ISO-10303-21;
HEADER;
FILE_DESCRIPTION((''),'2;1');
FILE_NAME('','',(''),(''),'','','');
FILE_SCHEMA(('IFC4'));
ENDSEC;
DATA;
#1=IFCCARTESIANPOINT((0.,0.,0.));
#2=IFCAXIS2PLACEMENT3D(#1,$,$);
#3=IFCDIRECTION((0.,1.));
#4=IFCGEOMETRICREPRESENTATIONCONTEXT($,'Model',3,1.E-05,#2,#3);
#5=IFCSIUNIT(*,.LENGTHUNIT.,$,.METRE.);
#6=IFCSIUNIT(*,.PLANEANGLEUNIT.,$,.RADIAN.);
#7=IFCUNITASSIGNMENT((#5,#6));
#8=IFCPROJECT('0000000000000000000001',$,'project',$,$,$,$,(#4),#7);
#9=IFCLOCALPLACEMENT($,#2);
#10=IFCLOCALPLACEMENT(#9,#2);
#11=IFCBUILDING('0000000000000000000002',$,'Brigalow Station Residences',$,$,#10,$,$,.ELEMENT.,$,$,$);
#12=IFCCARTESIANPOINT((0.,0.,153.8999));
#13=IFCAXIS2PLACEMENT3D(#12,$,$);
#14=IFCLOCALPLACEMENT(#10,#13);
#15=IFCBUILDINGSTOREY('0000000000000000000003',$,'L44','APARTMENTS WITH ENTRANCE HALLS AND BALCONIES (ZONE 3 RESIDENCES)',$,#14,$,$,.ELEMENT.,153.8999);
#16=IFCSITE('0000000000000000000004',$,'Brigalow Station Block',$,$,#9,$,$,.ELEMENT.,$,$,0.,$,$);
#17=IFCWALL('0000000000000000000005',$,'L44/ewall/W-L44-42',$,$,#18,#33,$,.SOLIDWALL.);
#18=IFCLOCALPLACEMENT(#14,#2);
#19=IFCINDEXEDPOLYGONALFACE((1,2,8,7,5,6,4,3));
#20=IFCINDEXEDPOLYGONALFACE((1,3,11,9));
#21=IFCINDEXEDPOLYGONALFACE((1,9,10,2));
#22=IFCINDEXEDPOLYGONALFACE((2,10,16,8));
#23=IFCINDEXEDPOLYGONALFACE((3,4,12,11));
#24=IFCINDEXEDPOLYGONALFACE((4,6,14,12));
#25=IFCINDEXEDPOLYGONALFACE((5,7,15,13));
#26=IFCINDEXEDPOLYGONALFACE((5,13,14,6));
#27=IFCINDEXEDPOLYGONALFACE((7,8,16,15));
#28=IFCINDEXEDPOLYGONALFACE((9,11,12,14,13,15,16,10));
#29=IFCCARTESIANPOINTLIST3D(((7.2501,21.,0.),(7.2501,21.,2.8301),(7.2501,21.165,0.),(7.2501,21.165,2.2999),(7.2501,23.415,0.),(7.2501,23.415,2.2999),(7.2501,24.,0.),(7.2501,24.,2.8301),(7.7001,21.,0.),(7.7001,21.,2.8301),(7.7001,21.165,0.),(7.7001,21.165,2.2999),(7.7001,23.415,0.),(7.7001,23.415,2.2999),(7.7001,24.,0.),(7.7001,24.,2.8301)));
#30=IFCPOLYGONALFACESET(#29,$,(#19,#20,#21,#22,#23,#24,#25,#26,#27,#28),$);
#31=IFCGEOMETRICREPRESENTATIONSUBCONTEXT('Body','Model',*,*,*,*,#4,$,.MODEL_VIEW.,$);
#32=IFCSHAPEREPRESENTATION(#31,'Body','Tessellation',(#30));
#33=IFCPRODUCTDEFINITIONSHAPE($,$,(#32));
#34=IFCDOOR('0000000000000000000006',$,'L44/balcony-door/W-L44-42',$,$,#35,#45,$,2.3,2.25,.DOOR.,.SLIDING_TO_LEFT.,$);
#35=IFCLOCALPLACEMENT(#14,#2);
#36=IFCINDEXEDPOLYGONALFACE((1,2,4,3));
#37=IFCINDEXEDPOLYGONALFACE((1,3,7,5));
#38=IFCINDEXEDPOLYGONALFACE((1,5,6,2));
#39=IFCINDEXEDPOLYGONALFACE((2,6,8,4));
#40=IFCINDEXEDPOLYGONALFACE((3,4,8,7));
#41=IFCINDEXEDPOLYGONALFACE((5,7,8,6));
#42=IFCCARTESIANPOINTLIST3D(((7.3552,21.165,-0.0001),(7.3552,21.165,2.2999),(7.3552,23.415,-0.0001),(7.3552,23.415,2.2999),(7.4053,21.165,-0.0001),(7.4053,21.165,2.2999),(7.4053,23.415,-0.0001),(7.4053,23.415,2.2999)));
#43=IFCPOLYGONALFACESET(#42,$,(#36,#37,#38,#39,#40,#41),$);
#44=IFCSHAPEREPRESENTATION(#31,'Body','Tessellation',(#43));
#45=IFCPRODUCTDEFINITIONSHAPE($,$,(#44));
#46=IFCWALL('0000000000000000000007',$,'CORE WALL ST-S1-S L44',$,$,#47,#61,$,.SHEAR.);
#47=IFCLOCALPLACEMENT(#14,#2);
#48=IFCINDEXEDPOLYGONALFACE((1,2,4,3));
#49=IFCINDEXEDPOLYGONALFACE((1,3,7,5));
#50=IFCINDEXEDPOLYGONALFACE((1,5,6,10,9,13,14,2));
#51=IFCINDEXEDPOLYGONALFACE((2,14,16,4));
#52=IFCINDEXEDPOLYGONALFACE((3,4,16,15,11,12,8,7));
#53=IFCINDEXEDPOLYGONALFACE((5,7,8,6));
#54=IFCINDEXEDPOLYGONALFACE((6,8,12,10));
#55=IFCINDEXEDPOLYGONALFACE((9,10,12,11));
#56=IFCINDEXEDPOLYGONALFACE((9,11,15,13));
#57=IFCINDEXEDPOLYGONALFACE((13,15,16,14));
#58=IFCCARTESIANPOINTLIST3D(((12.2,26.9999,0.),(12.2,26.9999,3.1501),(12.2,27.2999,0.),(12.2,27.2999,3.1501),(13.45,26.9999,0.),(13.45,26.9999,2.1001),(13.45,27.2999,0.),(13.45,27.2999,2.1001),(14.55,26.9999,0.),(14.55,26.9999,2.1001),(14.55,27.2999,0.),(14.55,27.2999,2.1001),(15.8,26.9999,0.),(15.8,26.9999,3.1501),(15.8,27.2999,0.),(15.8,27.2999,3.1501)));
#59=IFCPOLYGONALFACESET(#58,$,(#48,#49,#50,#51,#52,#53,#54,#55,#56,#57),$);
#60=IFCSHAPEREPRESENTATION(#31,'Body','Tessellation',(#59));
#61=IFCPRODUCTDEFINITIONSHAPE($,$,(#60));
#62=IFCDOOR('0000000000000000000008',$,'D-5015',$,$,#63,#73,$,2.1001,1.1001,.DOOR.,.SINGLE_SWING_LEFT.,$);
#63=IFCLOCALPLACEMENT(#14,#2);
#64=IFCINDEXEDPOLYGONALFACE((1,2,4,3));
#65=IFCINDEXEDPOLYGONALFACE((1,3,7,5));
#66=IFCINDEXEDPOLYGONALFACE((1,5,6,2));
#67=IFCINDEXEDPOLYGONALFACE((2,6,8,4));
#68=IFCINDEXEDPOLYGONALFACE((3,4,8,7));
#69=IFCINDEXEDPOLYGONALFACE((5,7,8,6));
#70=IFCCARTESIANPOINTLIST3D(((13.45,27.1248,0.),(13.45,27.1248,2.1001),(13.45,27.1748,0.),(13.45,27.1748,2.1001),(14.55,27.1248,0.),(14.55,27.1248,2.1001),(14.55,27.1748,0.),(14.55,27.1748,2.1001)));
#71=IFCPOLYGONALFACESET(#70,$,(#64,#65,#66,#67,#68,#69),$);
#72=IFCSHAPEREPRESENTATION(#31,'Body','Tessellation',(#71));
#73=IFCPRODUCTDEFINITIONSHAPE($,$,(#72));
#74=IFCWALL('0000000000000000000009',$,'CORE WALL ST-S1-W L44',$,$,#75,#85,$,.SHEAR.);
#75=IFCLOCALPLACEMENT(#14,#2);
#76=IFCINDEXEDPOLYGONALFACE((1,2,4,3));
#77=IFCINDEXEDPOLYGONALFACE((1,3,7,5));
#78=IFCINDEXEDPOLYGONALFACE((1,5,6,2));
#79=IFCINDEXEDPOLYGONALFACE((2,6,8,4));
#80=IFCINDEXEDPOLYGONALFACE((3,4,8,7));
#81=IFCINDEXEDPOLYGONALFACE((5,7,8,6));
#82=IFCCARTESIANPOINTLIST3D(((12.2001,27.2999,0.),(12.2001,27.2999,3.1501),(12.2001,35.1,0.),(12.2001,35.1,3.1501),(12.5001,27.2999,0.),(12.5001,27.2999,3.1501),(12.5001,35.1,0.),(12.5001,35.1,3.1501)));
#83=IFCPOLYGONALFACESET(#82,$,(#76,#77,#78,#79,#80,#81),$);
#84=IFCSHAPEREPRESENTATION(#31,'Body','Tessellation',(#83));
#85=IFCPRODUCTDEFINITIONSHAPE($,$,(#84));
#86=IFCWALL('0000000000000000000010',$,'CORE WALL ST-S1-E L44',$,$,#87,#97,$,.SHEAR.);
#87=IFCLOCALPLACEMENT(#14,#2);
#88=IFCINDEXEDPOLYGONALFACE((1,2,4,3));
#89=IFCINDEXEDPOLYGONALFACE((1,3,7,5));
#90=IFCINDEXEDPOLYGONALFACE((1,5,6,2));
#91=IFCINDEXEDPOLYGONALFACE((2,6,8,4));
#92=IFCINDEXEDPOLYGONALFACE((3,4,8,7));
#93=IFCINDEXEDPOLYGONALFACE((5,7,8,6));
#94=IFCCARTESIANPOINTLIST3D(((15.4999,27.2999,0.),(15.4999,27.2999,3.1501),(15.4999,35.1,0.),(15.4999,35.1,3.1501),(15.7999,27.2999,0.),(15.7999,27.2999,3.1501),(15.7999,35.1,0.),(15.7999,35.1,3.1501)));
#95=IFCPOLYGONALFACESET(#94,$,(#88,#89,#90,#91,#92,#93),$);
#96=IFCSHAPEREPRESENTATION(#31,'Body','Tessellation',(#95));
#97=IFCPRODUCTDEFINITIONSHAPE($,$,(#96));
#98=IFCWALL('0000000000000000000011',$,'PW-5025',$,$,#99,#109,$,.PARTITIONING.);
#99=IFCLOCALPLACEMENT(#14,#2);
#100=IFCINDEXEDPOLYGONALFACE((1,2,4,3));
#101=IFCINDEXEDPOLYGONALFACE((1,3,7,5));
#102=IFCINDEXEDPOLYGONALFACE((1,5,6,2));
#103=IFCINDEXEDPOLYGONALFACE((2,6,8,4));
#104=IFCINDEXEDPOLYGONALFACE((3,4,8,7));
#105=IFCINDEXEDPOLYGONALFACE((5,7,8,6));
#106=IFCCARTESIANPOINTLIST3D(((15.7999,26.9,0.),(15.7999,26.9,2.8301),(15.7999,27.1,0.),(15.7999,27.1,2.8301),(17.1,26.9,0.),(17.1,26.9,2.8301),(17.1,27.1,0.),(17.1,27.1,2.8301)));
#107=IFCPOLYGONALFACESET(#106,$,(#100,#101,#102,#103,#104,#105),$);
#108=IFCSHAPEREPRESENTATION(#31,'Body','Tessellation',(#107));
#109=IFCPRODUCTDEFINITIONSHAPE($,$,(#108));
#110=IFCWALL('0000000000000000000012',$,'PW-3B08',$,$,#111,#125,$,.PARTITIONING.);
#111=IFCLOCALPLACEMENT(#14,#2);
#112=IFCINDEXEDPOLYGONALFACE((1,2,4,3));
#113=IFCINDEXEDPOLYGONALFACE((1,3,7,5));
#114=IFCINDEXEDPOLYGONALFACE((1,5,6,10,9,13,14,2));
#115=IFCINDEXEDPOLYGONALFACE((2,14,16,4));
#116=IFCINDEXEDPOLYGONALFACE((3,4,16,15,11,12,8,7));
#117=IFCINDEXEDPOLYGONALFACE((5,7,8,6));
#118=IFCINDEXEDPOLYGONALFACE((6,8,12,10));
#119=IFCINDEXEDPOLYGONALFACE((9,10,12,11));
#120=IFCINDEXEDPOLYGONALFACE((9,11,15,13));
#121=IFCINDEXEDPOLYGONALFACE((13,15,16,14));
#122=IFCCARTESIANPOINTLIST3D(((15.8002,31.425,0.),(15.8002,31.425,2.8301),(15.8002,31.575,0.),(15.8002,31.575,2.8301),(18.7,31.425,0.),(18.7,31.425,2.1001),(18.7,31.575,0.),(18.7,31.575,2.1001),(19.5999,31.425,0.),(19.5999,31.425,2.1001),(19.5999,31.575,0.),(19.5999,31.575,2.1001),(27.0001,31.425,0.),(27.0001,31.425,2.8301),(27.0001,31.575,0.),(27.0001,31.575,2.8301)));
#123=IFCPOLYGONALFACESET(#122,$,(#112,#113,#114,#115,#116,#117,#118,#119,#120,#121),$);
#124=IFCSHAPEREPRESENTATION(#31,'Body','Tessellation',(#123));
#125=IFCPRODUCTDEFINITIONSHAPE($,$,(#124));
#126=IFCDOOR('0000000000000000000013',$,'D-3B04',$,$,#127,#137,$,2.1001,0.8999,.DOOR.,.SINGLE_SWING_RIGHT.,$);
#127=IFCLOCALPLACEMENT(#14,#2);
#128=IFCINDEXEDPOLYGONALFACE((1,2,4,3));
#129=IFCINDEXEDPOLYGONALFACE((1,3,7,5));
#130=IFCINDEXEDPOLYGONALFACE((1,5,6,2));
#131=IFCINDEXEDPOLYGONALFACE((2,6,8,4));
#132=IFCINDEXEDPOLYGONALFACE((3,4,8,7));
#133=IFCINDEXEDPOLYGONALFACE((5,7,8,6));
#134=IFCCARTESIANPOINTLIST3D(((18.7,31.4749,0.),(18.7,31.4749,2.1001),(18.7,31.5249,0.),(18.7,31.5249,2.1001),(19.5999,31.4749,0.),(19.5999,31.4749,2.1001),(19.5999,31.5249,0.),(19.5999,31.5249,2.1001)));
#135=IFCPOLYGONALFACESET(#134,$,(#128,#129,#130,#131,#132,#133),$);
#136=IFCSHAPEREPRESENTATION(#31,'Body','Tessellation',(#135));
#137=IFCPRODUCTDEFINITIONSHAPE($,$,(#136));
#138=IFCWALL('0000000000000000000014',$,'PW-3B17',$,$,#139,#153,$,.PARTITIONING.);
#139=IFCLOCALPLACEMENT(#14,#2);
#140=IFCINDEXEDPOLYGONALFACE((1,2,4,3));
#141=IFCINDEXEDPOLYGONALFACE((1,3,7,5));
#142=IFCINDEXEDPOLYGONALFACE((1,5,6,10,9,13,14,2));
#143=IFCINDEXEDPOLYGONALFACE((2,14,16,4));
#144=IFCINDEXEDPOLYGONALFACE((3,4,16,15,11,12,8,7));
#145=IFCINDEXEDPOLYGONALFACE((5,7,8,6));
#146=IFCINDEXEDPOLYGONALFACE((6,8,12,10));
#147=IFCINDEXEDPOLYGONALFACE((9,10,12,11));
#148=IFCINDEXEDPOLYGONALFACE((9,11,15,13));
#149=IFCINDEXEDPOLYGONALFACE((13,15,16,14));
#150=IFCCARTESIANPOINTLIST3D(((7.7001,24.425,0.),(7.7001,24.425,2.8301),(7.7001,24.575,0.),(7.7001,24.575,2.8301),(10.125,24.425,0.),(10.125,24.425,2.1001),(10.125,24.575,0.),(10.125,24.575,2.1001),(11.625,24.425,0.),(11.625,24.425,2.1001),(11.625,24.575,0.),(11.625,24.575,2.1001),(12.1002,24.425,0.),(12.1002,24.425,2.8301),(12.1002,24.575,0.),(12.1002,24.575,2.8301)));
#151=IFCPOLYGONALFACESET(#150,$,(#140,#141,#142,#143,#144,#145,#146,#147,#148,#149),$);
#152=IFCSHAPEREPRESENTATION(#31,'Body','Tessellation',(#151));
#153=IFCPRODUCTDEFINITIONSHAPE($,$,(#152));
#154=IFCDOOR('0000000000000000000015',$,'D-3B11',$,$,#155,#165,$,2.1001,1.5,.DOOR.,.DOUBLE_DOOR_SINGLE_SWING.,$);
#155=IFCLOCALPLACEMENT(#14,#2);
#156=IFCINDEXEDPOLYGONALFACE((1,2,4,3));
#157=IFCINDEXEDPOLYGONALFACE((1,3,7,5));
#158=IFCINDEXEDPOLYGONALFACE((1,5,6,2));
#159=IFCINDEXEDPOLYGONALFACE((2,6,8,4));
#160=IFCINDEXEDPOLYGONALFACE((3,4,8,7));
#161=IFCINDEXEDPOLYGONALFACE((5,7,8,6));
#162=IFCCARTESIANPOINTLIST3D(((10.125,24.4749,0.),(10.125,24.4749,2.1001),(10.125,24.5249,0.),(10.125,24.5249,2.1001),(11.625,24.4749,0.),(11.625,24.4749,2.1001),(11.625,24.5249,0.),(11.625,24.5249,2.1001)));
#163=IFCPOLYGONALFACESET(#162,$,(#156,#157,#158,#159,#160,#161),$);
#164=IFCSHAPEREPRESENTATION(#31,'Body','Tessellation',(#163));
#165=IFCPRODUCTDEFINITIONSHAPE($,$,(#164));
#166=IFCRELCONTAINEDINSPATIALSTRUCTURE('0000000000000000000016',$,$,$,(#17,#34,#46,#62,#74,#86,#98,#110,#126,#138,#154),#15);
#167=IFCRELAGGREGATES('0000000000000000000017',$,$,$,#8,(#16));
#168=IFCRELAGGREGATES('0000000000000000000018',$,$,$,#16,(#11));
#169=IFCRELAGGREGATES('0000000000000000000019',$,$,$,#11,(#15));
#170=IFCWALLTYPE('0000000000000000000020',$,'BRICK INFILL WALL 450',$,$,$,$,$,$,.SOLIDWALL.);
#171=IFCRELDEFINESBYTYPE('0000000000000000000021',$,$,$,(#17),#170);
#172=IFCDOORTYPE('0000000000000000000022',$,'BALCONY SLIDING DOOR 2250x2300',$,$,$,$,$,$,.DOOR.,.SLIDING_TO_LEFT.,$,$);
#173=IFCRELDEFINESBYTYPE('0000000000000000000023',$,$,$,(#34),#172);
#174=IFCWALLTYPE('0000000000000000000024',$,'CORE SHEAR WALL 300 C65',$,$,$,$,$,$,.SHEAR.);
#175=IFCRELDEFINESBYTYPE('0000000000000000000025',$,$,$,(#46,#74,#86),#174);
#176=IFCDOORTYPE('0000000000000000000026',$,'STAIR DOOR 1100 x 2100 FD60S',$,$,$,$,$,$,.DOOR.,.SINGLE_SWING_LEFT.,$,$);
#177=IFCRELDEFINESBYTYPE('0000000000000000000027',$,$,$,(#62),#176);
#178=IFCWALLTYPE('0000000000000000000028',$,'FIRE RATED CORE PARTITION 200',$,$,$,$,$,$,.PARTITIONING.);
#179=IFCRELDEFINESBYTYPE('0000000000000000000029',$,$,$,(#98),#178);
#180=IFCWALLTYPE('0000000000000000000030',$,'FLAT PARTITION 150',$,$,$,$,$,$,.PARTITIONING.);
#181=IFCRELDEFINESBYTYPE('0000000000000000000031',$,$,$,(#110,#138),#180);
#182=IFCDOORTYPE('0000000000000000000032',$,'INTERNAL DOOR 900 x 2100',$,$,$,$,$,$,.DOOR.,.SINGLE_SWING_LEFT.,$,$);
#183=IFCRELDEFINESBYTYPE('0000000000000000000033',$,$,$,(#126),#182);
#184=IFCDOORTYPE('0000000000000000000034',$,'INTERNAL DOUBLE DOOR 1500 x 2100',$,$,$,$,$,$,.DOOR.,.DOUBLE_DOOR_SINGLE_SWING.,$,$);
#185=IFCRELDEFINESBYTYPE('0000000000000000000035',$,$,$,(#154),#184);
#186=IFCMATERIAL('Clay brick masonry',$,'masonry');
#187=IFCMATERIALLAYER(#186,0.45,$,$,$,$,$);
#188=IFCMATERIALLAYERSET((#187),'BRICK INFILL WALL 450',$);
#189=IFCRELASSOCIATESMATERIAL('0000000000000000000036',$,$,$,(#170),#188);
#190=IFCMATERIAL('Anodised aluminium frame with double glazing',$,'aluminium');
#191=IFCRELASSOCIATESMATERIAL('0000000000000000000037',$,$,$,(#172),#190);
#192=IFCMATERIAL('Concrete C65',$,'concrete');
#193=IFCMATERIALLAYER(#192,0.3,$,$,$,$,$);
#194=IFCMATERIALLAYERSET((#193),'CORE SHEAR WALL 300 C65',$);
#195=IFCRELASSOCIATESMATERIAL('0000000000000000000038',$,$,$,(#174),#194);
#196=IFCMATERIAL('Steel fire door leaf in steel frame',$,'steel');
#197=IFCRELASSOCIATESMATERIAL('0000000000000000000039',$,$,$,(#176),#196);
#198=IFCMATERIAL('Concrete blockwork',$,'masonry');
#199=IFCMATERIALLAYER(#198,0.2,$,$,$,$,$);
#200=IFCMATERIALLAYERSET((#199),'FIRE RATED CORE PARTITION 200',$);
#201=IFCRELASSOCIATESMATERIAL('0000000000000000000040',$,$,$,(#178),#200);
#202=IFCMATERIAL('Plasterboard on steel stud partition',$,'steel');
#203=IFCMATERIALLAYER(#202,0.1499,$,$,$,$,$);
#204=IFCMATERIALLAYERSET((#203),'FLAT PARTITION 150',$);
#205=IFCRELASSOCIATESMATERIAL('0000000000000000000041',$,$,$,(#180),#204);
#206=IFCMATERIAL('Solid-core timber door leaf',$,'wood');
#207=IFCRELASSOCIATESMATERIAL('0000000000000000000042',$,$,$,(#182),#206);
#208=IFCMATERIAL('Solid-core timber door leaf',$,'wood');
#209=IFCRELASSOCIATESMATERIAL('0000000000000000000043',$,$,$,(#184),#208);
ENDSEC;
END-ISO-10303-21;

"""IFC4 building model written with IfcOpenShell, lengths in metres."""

from ifc_helpers import new_model, si_unit, direction, frame, frame_2d, origin, place, context, subcontext, project, spatial, rectangle, extrude, material, layer, layer_set, type_object, element, fill, save


model = new_model("IFC4")

# Units and contexts
model_context = context("Model", 3, precision=1e-05, world=origin(), true_north=direction((0.0, 1.0)))
body_context = subcontext(model_context, "Body", "Model", "MODEL_VIEW")
ifc_project = project(units=[si_unit("LENGTHUNIT", "METRE"), si_unit("PLANEANGLEUNIT", "RADIAN")], contexts=[model_context])

# Site, building, storey
site_placement = place(None, origin())
site = spatial("IfcSite", under=ifc_project, at=site_placement, Name="Brigalow Station Block", CompositionType="ELEMENT", RefElevation=0.0)
building_placement = place(site_placement, origin())
building = spatial("IfcBuilding", under=site, at=building_placement, Name="Brigalow Station Residences", CompositionType="ELEMENT")
storey_placement = place(building_placement, frame((0.0, 0.0, 153.8999)))
storey = spatial("IfcBuildingStorey", under=building, at=storey_placement, Name="L44", Description="APARTMENTS WITH ENTRANCE HALLS AND BALCONIES (ZONE 3 RESIDENCES)", CompositionType="ELEMENT", Elevation=153.8999)

# Shared definitions
ifc_material_1 = material(Name="Clay brick masonry", Category="masonry")
ifc_layer_1 = layer(ifc_material_1, 0.45)
ifc_layer_set_1 = layer_set([ifc_layer_1], Name="BRICK INFILL WALL 450")
wall_type_1 = type_object("IfcWallType", Name="BRICK INFILL WALL 450", PredefinedType="SOLIDWALL", material=ifc_layer_set_1)

# Walls, openings, doors
wall_1_placement = place(storey_placement, frame((7.4751, 24.0, 0.0), z_axis=(0.0, 0.0, 1.0), x_axis=(0.0, -1.0, 0.0)))
wall_1 = element("IfcWall", 1, at=wall_1_placement, inside=storey, type_object=wall_type_1, Name="L44/ewall/W-L44-42", PredefinedType="SOLIDWALL", context=body_context, shape_type="SweptSolid", body=[
    extrude(rectangle(XDim=3.0, YDim=0.45, at=frame_2d((1.5, 0.0))), origin(), (0.0, 0.0, 1.0), 2.8301),
])
opening_1_placement = place(wall_1_placement, frame((0.585, 0.0, 0.0)))
opening_1 = element("IfcOpeningElement", 2, at=opening_1_placement, cuts=wall_1, PredefinedType="OPENING", context=body_context, shape_type="SweptSolid", body=[
    extrude(rectangle(XDim=2.25, YDim=2.3, at=frame_2d((1.125, 1.1499))), frame((0.0, 0.2349, 0.0), z_axis=(0.0, -1.0, 0.0), x_axis=(1.0, 0.0, 0.0)), (0.0, 0.0, 1.0), 0.47),
])
ifc_material_2 = material(Name="Anodised aluminium frame with double glazing", Category="aluminium")
door_type_1 = type_object("IfcDoorType", Name="BALCONY SLIDING DOOR 2250x2300", OperationType="SLIDING_TO_LEFT", PredefinedType="DOOR", material=ifc_material_2)
door_1_placement = place(opening_1_placement, origin())
door_1 = element("IfcDoor", 3, at=door_1_placement, inside=storey, type_object=door_type_1, Name="L44/balcony-door/W-L44-42", OperationType="SLIDING_TO_LEFT", OverallHeight=2.3, OverallWidth=2.25, PredefinedType="DOOR", context=body_context, shape_type="SweptSolid", body=[
    extrude(rectangle(XDim=2.25, YDim=2.3, at=frame_2d((1.125, 1.1499))), frame((0.0, -0.0698, 0.0), z_axis=(0.0, -1.0, 0.0), x_axis=(1.0, 0.0, 0.0)), (0.0, 0.0, 1.0), 0.05),
])
fill(opening_1, door_1)
ifc_material_3 = material(Name="Concrete C65", Category="concrete")
ifc_layer_2 = layer(ifc_material_3, 0.3)
ifc_layer_set_2 = layer_set([ifc_layer_2], Name="CORE SHEAR WALL 300 C65")
wall_type_2 = type_object("IfcWallType", Name="CORE SHEAR WALL 300 C65", PredefinedType="SHEAR", material=ifc_layer_set_2)
wall_2_placement = place(storey_placement, frame((12.2, 27.1499, 0.0), z_axis=(0.0, 0.0, 1.0), x_axis=(1.0, 0.0, 0.0)))
wall_2 = element("IfcWall", 4, at=wall_2_placement, inside=storey, type_object=wall_type_2, Name="CORE WALL ST-S1-S L44", PredefinedType="SHEAR", context=body_context, shape_type="SweptSolid", body=[
    extrude(rectangle(XDim=3.6001, YDim=0.3, at=frame_2d((1.8, 0.0))), origin(), (0.0, 0.0, 1.0), 3.1501),
])
opening_2_placement = place(wall_2_placement, frame((1.25, 0.0, 0.0)))
opening_2 = element("IfcOpeningElement", 5, at=opening_2_placement, cuts=wall_2, PredefinedType="OPENING", context=body_context, shape_type="SweptSolid", body=[
    extrude(rectangle(XDim=1.1001, YDim=2.1001, at=frame_2d((0.55, 1.05))), frame((0.0, 0.1602, 0.0), z_axis=(0.0, -1.0, 0.0), x_axis=(1.0, 0.0, 0.0)), (0.0, 0.0, 1.0), 0.3201),
])
ifc_material_4 = material(Name="Steel fire door leaf in steel frame", Category="steel")
door_type_2 = type_object("IfcDoorType", Name="STAIR DOOR 1100 x 2100 FD60S", OperationType="SINGLE_SWING_LEFT", PredefinedType="DOOR", material=ifc_material_4)
door_2_placement = place(opening_2_placement, origin())
door_2 = element("IfcDoor", 6, at=door_2_placement, inside=storey, type_object=door_type_2, Name="D-5015", OperationType="SINGLE_SWING_LEFT", OverallHeight=2.1001, OverallWidth=1.1001, PredefinedType="DOOR", context=body_context, shape_type="SweptSolid", body=[
    extrude(rectangle(XDim=1.1001, YDim=2.1001, at=frame_2d((0.55, 1.05))), frame((0.0, 0.0249, 0.0), z_axis=(0.0, -1.0, 0.0), x_axis=(1.0, 0.0, 0.0)), (0.0, 0.0, 1.0), 0.05),
])
fill(opening_2, door_2)

# Walls
for number, where, z_axis, x_axis, name in (
    (7, (12.3501, 27.3, 0.0), (0.0, 0.0, 1.0), (0.0, 1.0, 0.0), "CORE WALL ST-S1-W L44"),
    (8, (15.6499, 27.3, 0.0), (0.0, 0.0, 1.0), (0.0, 1.0, 0.0), "CORE WALL ST-S1-E L44"),
):
    element("IfcWall", number, at=place(storey_placement, frame(where, z_axis=z_axis, x_axis=x_axis)), inside=storey, type_object=wall_type_2, Name=name, PredefinedType="SHEAR", context=body_context, shape_type="SweptSolid", body=[
        extrude(rectangle(XDim=7.8, YDim=0.3, at=frame_2d((3.8999, 0.0))), origin(), (0.0, 0.0, 1.0), 3.1501),
    ])
ifc_material_5 = material(Name="Concrete blockwork", Category="masonry")
ifc_layer_3 = layer(ifc_material_5, 0.2)
ifc_layer_set_3 = layer_set([ifc_layer_3], Name="FIRE RATED CORE PARTITION 200")
wall_type_3 = type_object("IfcWallType", Name="FIRE RATED CORE PARTITION 200", PredefinedType="PARTITIONING", material=ifc_layer_set_3)
wall_3_placement = place(storey_placement, frame((15.8, 27.0, 0.0), z_axis=(0.0, 0.0, 1.0), x_axis=(1.0, 0.0, 0.0)))
element("IfcWall", 9, at=wall_3_placement, inside=storey, type_object=wall_type_3, Name="PW-5025", PredefinedType="PARTITIONING", context=body_context, shape_type="SweptSolid", body=[
    extrude(rectangle(XDim=1.3, YDim=0.2, at=frame_2d((0.6499, 0.0))), origin(), (0.0, 0.0, 1.0), 2.8301),
])

# Walls, openings, doors
ifc_material_6 = material(Name="Plasterboard on steel stud partition", Category="steel")
ifc_layer_4 = layer(ifc_material_6, 0.1499)
ifc_layer_set_4 = layer_set([ifc_layer_4], Name="FLAT PARTITION 150")
wall_type_4 = type_object("IfcWallType", Name="FLAT PARTITION 150", PredefinedType="PARTITIONING", material=ifc_layer_set_4)
wall_4_placement = place(storey_placement, frame((15.8, 31.5, 0.0), z_axis=(0.0, 0.0, 1.0), x_axis=(1.0, 0.0, 0.0)))
wall_4 = element("IfcWall", 10, at=wall_4_placement, inside=storey, type_object=wall_type_4, Name="PW-3B08", PredefinedType="PARTITIONING", context=body_context, shape_type="SweptSolid", body=[
    extrude(rectangle(XDim=11.2, YDim=0.1499, at=frame_2d((5.6001, 0.0))), origin(), (0.0, 0.0, 1.0), 2.8301),
])
opening_3_placement = place(wall_4_placement, frame((2.8999, 0.0, 0.0)))
opening_3 = element("IfcOpeningElement", 11, at=opening_3_placement, cuts=wall_4, PredefinedType="OPENING", context=body_context, shape_type="SweptSolid", body=[
    extrude(rectangle(XDim=0.8999, YDim=2.1001, at=frame_2d((0.45, 1.05))), frame((0.0, 0.085, 0.0), z_axis=(0.0, -1.0, 0.0), x_axis=(1.0, 0.0, 0.0)), (0.0, 0.0, 1.0), 0.1699),
])
ifc_material_7 = material(Name="Solid-core timber door leaf", Category="wood")
door_type_3 = type_object("IfcDoorType", Name="INTERNAL DOOR 900 x 2100", OperationType="SINGLE_SWING_LEFT", PredefinedType="DOOR", material=ifc_material_7)
door_3_placement = place(opening_3_placement, origin())
door_3 = element("IfcDoor", 12, at=door_3_placement, inside=storey, type_object=door_type_3, Name="D-3B04", OperationType="SINGLE_SWING_RIGHT", OverallHeight=2.1001, OverallWidth=0.8999, PredefinedType="DOOR", context=body_context, shape_type="SweptSolid", body=[
    extrude(rectangle(XDim=0.8999, YDim=2.1001, at=frame_2d((0.45, 1.05))), frame((0.0, 0.0249, 0.0), z_axis=(0.0, -1.0, 0.0), x_axis=(1.0, 0.0, 0.0)), (0.0, 0.0, 1.0), 0.05),
])
fill(opening_3, door_3)
wall_5_placement = place(storey_placement, frame((7.7, 24.5, 0.0), z_axis=(0.0, 0.0, 1.0), x_axis=(1.0, 0.0, 0.0)))
wall_5 = element("IfcWall", 13, at=wall_5_placement, inside=storey, type_object=wall_type_4, Name="PW-3B17", PredefinedType="PARTITIONING", context=body_context, shape_type="SweptSolid", body=[
    extrude(rectangle(XDim=4.4001, YDim=0.1499, at=frame_2d((2.2002, 0.0))), origin(), (0.0, 0.0, 1.0), 2.8301),
])
opening_4_placement = place(wall_5_placement, frame((2.425, 0.0, 0.0)))
opening_4 = element("IfcOpeningElement", 14, at=opening_4_placement, cuts=wall_5, PredefinedType="OPENING", context=body_context, shape_type="SweptSolid", body=[
    extrude(rectangle(XDim=1.5, YDim=2.1001, at=frame_2d((0.75, 1.05))), frame((0.0, 0.085, 0.0), z_axis=(0.0, -1.0, 0.0), x_axis=(1.0, 0.0, 0.0)), (0.0, 0.0, 1.0), 0.1699),
])
ifc_material_8 = material(Name="Solid-core timber door leaf", Category="wood")
door_type_4 = type_object("IfcDoorType", Name="INTERNAL DOUBLE DOOR 1500 x 2100", OperationType="DOUBLE_DOOR_SINGLE_SWING", PredefinedType="DOOR", material=ifc_material_8)
door_4_placement = place(opening_4_placement, origin())
door_4 = element("IfcDoor", 15, at=door_4_placement, inside=storey, type_object=door_type_4, Name="D-3B11", OperationType="DOUBLE_DOOR_SINGLE_SWING", OverallHeight=2.1001, OverallWidth=1.5, PredefinedType="DOOR", context=body_context, shape_type="SweptSolid", body=[
    extrude(rectangle(XDim=1.5, YDim=2.1001, at=frame_2d((0.75, 1.05))), frame((0.0, 0.0249, 0.0), z_axis=(0.0, -1.0, 0.0), x_axis=(1.0, 0.0, 0.0)), (0.0, 0.0, 1.0), 0.05),
])
fill(opening_4, door_4)

save(model, "model.ifc")
